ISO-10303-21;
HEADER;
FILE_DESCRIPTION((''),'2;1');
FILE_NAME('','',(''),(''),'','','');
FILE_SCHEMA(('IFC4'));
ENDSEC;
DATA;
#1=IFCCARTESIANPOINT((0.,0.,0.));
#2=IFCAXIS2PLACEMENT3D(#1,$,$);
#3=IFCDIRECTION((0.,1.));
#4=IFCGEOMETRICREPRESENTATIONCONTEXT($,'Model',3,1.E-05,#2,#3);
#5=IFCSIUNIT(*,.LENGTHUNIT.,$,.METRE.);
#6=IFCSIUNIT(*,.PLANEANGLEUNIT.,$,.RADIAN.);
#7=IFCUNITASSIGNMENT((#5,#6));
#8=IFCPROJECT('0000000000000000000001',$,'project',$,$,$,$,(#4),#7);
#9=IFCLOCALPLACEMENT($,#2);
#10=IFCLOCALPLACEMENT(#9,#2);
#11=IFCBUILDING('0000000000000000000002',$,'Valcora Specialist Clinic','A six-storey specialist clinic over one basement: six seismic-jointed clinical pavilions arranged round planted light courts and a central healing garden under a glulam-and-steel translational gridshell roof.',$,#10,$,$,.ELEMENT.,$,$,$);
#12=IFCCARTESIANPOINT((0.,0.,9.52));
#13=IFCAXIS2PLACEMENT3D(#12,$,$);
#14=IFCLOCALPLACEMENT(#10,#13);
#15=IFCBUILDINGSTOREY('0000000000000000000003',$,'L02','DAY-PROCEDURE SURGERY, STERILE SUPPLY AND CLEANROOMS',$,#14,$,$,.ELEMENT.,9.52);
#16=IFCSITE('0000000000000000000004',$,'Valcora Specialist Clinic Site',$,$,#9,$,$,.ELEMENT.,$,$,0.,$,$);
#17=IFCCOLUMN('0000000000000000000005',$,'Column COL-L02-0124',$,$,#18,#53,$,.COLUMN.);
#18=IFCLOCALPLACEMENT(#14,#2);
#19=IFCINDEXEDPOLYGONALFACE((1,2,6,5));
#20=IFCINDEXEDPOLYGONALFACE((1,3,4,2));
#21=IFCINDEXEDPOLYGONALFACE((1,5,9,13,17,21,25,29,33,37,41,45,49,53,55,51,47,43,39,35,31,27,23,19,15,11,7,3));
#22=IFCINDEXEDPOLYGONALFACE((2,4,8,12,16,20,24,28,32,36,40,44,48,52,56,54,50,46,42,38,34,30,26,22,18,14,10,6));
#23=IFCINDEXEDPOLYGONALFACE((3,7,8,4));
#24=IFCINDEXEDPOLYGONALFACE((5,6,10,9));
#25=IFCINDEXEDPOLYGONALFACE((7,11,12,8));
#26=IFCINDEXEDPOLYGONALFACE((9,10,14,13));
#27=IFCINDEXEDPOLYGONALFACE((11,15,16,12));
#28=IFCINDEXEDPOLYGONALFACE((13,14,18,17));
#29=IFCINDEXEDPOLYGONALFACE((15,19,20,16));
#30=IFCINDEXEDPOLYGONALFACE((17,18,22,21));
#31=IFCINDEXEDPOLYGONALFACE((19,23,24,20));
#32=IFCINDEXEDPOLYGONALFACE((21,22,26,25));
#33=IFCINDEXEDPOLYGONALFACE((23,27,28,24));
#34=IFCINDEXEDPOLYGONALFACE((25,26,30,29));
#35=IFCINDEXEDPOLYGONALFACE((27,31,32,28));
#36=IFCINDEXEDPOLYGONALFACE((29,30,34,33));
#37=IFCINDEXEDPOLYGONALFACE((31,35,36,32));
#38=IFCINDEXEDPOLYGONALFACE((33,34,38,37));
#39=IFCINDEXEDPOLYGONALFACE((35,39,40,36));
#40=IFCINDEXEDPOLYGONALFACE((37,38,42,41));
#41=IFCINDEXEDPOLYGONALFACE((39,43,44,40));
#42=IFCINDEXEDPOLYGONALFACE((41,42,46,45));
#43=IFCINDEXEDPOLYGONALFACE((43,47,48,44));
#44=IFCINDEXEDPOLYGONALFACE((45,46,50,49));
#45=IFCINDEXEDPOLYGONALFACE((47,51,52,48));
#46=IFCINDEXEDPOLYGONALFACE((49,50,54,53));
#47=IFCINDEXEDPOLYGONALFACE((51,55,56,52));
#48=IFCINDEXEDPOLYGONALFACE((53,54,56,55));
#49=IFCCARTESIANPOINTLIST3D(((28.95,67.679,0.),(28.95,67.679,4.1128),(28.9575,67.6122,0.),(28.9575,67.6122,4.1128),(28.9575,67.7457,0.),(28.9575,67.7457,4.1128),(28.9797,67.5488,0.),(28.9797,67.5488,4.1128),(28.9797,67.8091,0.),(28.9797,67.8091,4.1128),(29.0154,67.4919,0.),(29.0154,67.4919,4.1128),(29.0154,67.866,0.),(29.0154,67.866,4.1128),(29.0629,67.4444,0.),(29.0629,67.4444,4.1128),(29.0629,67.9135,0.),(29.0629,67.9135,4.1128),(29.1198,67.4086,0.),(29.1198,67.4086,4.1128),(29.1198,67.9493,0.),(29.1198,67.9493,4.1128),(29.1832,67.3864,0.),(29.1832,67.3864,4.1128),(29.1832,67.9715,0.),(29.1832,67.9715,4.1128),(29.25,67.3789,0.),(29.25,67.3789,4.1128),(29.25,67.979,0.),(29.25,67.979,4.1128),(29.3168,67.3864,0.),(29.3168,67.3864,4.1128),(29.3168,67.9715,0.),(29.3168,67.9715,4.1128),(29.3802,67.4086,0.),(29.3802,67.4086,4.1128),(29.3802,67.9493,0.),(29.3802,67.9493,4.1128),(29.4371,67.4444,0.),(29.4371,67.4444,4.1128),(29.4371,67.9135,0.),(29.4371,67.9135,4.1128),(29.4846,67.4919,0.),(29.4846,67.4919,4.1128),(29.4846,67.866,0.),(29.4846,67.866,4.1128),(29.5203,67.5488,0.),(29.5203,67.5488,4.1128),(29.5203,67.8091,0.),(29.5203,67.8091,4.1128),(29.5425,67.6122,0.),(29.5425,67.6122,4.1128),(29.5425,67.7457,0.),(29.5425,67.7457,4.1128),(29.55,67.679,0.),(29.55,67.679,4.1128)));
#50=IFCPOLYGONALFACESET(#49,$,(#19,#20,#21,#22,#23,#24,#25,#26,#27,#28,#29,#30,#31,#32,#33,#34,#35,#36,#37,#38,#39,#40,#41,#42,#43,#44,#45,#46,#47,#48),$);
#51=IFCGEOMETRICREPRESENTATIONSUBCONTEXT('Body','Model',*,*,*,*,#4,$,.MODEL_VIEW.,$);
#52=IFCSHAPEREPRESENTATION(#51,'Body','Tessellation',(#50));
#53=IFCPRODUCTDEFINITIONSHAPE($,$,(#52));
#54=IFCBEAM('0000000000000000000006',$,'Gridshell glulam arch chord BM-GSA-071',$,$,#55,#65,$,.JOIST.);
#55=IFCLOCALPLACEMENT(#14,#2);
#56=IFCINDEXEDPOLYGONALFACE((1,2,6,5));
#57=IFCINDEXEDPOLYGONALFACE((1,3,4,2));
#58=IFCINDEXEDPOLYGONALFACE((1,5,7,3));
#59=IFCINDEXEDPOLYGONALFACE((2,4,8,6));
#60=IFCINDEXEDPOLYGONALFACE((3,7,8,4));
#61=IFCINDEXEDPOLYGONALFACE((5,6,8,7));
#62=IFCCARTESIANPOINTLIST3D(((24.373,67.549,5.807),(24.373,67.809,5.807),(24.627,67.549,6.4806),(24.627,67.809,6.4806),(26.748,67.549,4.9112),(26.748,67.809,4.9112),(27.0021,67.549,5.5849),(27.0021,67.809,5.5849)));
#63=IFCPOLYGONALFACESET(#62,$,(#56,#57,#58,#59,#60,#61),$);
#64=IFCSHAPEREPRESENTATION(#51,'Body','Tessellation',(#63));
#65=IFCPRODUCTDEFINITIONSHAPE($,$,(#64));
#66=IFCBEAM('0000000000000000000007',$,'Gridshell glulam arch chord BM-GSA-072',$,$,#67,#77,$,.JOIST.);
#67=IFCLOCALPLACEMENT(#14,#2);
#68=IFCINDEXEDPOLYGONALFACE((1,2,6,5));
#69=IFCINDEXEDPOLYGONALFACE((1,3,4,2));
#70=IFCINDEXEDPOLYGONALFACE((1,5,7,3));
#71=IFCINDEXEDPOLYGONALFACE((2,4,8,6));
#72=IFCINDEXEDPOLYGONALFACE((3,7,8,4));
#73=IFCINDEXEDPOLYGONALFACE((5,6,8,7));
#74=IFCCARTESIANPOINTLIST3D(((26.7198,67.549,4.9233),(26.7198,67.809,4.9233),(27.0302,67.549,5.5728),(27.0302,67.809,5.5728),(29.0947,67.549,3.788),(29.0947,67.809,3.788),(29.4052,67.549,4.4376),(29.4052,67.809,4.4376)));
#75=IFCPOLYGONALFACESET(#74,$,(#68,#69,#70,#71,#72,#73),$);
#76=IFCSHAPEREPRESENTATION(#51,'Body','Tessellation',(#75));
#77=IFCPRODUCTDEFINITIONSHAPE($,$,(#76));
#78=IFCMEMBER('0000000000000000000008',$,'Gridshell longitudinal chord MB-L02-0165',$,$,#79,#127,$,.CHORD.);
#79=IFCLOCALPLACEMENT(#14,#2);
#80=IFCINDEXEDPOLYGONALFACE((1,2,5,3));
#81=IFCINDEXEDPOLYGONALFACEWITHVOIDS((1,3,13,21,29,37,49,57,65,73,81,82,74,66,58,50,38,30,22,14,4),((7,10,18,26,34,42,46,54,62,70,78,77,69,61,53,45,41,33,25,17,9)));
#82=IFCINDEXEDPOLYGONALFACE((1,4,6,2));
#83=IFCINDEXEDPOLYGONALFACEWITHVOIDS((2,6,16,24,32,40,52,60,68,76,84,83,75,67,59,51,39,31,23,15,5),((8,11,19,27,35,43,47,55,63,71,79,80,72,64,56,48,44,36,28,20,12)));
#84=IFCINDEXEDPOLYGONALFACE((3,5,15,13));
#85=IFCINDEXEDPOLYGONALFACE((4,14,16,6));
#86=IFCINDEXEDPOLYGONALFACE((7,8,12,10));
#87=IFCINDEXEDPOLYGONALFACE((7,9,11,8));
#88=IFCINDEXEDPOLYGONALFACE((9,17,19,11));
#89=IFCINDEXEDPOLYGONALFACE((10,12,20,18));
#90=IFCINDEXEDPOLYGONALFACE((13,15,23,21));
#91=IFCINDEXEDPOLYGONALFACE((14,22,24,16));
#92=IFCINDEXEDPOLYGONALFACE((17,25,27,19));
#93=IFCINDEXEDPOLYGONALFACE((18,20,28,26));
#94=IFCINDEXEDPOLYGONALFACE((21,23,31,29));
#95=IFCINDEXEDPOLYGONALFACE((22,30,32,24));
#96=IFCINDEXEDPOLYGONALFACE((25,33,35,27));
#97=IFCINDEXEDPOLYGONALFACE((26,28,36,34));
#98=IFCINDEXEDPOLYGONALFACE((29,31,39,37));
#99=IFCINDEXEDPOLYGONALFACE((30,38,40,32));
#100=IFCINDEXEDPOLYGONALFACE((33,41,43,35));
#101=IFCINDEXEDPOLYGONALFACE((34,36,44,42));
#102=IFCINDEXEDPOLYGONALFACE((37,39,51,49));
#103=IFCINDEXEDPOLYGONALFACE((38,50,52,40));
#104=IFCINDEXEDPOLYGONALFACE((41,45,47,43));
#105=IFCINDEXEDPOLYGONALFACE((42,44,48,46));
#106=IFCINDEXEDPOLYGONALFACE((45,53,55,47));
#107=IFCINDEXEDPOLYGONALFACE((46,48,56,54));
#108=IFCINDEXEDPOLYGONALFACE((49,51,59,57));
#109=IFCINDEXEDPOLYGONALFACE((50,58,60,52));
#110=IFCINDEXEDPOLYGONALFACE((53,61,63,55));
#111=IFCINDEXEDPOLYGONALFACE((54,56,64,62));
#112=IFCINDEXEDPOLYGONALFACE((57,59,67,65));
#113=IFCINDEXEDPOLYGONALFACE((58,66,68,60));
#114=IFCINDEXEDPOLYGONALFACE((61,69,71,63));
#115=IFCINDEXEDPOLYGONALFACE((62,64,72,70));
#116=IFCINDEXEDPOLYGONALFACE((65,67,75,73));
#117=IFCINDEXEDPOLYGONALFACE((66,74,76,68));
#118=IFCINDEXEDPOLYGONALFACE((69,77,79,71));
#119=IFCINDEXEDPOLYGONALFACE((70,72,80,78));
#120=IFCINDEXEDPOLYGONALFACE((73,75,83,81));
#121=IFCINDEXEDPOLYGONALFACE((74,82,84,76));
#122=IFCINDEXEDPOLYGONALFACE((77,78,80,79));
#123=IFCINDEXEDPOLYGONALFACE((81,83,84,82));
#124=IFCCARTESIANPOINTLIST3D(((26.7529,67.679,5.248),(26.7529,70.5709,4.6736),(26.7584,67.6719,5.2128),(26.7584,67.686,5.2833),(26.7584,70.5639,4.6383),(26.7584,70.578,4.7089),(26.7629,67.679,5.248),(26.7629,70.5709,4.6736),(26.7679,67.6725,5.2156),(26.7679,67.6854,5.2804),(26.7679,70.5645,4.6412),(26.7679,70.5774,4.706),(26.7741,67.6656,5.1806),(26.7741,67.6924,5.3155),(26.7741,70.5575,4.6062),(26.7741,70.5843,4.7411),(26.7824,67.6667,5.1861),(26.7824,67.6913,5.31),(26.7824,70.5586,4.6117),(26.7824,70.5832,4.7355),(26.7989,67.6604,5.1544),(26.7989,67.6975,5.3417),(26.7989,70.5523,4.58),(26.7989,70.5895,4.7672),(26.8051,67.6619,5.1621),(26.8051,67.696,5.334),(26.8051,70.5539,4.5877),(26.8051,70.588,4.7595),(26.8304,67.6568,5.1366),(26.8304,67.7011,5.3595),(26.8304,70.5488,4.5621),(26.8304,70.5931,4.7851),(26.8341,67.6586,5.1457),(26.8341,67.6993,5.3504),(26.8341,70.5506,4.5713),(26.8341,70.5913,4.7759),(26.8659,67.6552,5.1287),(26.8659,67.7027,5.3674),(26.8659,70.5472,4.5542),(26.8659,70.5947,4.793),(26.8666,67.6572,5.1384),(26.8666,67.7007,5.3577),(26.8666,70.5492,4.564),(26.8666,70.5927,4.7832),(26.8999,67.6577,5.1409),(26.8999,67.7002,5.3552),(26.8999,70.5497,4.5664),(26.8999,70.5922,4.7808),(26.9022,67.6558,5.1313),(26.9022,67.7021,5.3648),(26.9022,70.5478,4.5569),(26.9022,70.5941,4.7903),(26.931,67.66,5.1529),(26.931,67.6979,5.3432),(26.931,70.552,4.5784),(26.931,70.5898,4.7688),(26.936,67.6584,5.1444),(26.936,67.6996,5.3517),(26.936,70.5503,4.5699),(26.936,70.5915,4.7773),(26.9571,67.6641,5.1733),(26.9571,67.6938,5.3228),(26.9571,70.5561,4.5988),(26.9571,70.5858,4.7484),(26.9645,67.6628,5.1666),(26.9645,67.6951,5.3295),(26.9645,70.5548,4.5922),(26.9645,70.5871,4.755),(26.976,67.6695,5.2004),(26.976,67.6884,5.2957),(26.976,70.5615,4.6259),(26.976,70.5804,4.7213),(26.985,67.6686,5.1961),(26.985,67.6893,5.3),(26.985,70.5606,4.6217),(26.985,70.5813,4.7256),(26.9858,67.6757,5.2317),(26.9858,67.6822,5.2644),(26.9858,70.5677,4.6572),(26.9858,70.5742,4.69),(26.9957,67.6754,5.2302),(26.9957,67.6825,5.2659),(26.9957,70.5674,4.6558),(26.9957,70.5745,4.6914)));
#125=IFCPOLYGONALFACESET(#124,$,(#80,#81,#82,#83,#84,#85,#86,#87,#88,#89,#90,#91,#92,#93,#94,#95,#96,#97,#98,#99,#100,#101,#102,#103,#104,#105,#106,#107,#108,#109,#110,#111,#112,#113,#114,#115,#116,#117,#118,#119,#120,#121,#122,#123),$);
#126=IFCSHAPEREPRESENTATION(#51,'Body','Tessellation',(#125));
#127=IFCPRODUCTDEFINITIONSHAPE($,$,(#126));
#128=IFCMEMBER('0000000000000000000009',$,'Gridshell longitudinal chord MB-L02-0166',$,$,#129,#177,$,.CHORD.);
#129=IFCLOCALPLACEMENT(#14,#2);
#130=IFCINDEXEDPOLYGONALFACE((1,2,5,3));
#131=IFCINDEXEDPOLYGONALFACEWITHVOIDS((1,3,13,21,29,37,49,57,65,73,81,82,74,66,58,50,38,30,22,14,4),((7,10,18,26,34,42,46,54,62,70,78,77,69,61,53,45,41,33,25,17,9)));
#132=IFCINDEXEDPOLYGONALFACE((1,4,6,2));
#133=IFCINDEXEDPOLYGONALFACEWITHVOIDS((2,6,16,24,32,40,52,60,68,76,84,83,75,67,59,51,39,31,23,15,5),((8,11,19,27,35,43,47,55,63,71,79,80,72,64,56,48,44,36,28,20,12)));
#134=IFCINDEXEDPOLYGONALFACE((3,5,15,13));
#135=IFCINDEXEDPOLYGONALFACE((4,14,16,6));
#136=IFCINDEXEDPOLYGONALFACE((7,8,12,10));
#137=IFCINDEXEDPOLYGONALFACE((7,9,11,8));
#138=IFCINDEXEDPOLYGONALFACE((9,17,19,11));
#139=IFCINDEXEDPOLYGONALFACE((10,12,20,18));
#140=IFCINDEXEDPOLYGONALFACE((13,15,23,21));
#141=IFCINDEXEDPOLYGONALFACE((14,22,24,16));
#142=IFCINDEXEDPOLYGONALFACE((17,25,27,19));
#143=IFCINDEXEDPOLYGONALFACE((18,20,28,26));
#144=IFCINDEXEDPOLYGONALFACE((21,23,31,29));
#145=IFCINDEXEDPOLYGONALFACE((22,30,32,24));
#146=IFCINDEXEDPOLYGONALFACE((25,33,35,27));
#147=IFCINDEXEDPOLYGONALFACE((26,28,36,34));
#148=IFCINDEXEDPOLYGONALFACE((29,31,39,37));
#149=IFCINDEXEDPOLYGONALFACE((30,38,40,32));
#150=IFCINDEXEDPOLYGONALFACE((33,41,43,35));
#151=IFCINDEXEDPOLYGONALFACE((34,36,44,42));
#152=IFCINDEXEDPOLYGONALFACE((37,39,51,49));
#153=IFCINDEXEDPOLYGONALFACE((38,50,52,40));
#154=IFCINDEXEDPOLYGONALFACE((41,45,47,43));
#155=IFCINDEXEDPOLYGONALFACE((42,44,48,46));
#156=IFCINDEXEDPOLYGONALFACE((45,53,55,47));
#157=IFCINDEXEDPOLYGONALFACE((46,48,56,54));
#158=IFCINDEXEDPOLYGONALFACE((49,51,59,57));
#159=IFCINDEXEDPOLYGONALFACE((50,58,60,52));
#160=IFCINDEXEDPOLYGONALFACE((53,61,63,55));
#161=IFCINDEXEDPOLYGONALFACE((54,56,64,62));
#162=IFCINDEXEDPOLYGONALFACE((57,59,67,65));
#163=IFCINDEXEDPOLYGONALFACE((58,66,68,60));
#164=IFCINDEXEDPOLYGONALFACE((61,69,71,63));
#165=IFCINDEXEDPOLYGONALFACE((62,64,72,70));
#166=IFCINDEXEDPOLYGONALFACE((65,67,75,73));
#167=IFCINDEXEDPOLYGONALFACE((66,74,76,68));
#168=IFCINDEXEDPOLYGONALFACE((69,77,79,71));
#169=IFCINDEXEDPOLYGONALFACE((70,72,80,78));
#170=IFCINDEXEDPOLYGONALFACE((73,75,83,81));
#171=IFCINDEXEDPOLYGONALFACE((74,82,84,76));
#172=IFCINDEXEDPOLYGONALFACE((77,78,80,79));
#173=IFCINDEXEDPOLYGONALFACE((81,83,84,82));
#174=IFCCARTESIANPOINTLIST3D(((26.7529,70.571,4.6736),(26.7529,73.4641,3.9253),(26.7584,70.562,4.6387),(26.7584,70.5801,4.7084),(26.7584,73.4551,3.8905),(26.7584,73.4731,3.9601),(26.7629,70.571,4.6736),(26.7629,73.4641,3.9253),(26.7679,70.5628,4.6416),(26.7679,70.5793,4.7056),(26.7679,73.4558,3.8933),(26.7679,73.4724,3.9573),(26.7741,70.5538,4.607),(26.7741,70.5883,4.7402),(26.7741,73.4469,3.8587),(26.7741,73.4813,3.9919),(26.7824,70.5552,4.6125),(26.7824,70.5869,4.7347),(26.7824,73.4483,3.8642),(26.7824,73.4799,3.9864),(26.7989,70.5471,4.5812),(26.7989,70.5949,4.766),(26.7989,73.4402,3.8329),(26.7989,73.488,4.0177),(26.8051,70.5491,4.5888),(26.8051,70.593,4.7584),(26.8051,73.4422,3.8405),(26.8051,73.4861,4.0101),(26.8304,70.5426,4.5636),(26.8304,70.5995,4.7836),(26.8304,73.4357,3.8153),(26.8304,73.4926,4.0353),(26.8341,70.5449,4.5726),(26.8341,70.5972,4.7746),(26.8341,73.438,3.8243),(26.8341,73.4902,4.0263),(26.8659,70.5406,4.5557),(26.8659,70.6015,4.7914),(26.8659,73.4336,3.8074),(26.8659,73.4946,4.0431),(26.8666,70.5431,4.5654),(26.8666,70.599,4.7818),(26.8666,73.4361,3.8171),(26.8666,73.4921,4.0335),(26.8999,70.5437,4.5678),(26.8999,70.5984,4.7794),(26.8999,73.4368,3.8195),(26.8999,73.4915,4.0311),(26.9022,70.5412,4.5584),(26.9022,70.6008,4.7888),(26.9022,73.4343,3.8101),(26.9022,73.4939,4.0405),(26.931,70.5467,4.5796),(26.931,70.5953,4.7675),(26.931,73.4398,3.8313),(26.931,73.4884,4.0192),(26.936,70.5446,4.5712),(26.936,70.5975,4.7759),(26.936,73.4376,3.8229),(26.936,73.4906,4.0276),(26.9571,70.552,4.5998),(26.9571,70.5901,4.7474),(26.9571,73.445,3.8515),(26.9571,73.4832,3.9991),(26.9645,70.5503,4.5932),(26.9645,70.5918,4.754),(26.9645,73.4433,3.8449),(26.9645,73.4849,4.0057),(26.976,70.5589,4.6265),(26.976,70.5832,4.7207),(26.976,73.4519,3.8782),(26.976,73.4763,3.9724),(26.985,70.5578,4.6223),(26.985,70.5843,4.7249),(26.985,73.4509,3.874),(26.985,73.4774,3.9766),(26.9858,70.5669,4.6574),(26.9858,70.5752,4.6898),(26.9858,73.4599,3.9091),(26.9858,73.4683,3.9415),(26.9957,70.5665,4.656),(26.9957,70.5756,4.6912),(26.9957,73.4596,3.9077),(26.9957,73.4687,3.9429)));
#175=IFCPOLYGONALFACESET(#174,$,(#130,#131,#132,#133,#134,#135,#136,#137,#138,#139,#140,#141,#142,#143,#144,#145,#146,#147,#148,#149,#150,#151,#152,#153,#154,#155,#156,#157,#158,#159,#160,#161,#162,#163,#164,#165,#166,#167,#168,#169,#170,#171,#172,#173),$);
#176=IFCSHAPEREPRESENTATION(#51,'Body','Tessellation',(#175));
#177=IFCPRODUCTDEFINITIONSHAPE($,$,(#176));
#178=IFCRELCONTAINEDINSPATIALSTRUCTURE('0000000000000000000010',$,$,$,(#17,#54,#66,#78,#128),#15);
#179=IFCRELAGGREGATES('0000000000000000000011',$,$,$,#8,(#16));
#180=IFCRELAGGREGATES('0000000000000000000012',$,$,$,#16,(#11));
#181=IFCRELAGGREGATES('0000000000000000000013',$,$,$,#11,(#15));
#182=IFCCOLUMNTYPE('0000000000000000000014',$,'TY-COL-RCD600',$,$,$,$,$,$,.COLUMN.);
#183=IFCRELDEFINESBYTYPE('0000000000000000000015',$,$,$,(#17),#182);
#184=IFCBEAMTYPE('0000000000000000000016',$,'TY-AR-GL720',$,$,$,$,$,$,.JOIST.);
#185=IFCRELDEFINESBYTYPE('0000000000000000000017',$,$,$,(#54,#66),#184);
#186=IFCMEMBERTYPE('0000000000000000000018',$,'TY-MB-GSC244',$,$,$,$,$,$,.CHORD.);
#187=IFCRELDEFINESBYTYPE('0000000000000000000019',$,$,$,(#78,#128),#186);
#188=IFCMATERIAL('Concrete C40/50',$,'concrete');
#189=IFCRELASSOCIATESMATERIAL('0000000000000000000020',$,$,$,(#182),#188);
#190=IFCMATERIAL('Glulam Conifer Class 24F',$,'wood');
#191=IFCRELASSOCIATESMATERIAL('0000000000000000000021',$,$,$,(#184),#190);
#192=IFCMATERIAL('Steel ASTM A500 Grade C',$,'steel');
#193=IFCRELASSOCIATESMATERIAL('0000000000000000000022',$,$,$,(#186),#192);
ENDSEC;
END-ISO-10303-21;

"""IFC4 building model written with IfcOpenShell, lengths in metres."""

from ifc_helpers import new_model, si_unit, direction, frame, origin, origin_2d, place, context, subcontext, project, spatial, rectangle, circle, hollow_circle, extrude, material, material_profile, profile_set, type_object, element, save


model = new_model("IFC4")

# Units and contexts
model_context = context("Model", 3, precision=1e-05, world=origin(), true_north=direction((0.0, 1.0)))
body_context = subcontext(model_context, "Body", "Model", "MODEL_VIEW")
ifc_project = project(units=[si_unit("LENGTHUNIT", "METRE"), si_unit("PLANEANGLEUNIT", "RADIAN")], contexts=[model_context])

# Site, building, storey
site_placement = place(None, origin())
site = spatial("IfcSite", under=ifc_project, at=site_placement, Name="Valcora Specialist Clinic Site", CompositionType="ELEMENT", RefElevation=0.0)
building_placement = place(site_placement, origin())
building = spatial("IfcBuilding", under=site, at=building_placement, Name="Valcora Specialist Clinic", Description="A six-storey specialist clinic over one basement: six seismic-jointed clinical pavilions arranged round planted light courts and a central healing garden under a glulam-and-steel translational gridshell roof.", CompositionType="ELEMENT")
storey_placement = place(building_placement, frame((0.0, 0.0, 9.52)))
storey = spatial("IfcBuildingStorey", under=building, at=storey_placement, Name="L02", Description="DAY-PROCEDURE SURGERY, STERILE SUPPLY AND CLEANROOMS", CompositionType="ELEMENT", Elevation=9.52)

# Column
ifc_material_1 = material(Name="Concrete C40/50", Category="concrete")
ifc_material_profile_1 = material_profile(ifc_material_1, circle(Radius=0.3, at=origin_2d()), Name="RC-COL-D600")
ifc_profile_set_1 = profile_set([ifc_material_profile_1], Name="Concrete C40/50")
column_type = type_object("IfcColumnType", Name="TY-COL-RCD600", PredefinedType="COLUMN", material=ifc_profile_set_1)
column_placement = place(storey_placement, frame((29.25, 67.679, 0.0), z_axis=(0.0, 0.0, 1.0), x_axis=(1.0, 0.0, 0.0)))
element("IfcColumn", 1, at=column_placement, inside=storey, type_object=column_type, Name="Column COL-L02-0124", PredefinedType="COLUMN", context=body_context, shape_type="SweptSolid", body=[
    extrude(circle(Radius=0.3, at=origin_2d()), origin(), (0.0, 0.0, 1.0), 4.1128),
])

# Beams
ifc_material_2 = material(Name="Glulam Conifer Class 24F", Category="wood")
ifc_material_profile_2 = material_profile(ifc_material_2, rectangle(XDim=0.26, YDim=0.72, at=origin_2d()), Name="GL-ARC-260X720")
ifc_profile_set_2 = profile_set([ifc_material_profile_2], Name="Glulam Conifer Class 24F")
beam_type = type_object("IfcBeamType", Name="TY-AR-GL720", PredefinedType="JOIST", material=ifc_profile_set_2)
beam_1_placement = place(storey_placement, frame((24.5, 67.679, 6.1438), z_axis=(0.935663, 0.0, -0.352894), x_axis=(0.0, 1.0, 0.0)))
element("IfcBeam", 2, at=beam_1_placement, inside=storey, type_object=beam_type, Name="Gridshell glulam arch chord BM-GSA-071", PredefinedType="JOIST", context=body_context, shape_type="SweptSolid", body=[
    extrude(rectangle(XDim=0.26, YDim=0.72, at=origin_2d()), origin(), (0.0, 0.0, 1.0), 2.5383),
])
beam_2_placement = place(storey_placement, frame((26.875, 67.679, 5.248), z_axis=(0.902225, 0.0, -0.431265), x_axis=(0.0, 1.0, 0.0)))
element("IfcBeam", 3, at=beam_2_placement, inside=storey, type_object=beam_type, Name="Gridshell glulam arch chord BM-GSA-072", PredefinedType="JOIST", context=body_context, shape_type="SweptSolid", body=[
    extrude(rectangle(XDim=0.26, YDim=0.72, at=origin_2d()), origin(), (0.0, 0.0, 1.0), 2.6323),
])

# Members
ifc_material_3 = material(Name="Steel ASTM A500 Grade C", Category="steel")
ifc_material_profile_3 = material_profile(ifc_material_3, hollow_circle(Radius=0.1221, WallThickness=0.01, at=origin_2d()), Name="ST-CHS-244X10")
ifc_profile_set_3 = profile_set([ifc_material_profile_3], Name="Steel ASTM A500 Grade C")
member_type_1 = type_object("IfcMemberType", Name="TY-MB-GSC244", PredefinedType="CHORD", material=ifc_profile_set_3)
member_1_placement = place(storey_placement, frame((26.875, 67.679, 5.248), z_axis=(0.0, 0.980838, -0.194826), x_axis=(-1.0, 0.0, 0.0)))
element("IfcMember", 4, at=member_1_placement, inside=storey, type_object=member_type_1, Name="Gridshell longitudinal chord MB-L02-0165", PredefinedType="CHORD", context=body_context, shape_type="SweptSolid", body=[
    extrude(hollow_circle(Radius=0.1221, WallThickness=0.01, at=origin_2d()), origin(), (0.0, 0.0, 1.0), 2.9485),
])
member_2_placement = place(storey_placement, frame((26.875, 70.571, 4.6736), z_axis=(0.0, 0.96814, -0.250409), x_axis=(-1.0, 0.0, 0.0)))
element("IfcMember", 5, at=member_2_placement, inside=storey, type_object=member_type_1, Name="Gridshell longitudinal chord MB-L02-0166", PredefinedType="CHORD", context=body_context, shape_type="SweptSolid", body=[
    extrude(hollow_circle(Radius=0.1221, WallThickness=0.01, at=origin_2d()), origin(), (0.0, 0.0, 1.0), 2.9883),
])

save(model, "model.ifc")
